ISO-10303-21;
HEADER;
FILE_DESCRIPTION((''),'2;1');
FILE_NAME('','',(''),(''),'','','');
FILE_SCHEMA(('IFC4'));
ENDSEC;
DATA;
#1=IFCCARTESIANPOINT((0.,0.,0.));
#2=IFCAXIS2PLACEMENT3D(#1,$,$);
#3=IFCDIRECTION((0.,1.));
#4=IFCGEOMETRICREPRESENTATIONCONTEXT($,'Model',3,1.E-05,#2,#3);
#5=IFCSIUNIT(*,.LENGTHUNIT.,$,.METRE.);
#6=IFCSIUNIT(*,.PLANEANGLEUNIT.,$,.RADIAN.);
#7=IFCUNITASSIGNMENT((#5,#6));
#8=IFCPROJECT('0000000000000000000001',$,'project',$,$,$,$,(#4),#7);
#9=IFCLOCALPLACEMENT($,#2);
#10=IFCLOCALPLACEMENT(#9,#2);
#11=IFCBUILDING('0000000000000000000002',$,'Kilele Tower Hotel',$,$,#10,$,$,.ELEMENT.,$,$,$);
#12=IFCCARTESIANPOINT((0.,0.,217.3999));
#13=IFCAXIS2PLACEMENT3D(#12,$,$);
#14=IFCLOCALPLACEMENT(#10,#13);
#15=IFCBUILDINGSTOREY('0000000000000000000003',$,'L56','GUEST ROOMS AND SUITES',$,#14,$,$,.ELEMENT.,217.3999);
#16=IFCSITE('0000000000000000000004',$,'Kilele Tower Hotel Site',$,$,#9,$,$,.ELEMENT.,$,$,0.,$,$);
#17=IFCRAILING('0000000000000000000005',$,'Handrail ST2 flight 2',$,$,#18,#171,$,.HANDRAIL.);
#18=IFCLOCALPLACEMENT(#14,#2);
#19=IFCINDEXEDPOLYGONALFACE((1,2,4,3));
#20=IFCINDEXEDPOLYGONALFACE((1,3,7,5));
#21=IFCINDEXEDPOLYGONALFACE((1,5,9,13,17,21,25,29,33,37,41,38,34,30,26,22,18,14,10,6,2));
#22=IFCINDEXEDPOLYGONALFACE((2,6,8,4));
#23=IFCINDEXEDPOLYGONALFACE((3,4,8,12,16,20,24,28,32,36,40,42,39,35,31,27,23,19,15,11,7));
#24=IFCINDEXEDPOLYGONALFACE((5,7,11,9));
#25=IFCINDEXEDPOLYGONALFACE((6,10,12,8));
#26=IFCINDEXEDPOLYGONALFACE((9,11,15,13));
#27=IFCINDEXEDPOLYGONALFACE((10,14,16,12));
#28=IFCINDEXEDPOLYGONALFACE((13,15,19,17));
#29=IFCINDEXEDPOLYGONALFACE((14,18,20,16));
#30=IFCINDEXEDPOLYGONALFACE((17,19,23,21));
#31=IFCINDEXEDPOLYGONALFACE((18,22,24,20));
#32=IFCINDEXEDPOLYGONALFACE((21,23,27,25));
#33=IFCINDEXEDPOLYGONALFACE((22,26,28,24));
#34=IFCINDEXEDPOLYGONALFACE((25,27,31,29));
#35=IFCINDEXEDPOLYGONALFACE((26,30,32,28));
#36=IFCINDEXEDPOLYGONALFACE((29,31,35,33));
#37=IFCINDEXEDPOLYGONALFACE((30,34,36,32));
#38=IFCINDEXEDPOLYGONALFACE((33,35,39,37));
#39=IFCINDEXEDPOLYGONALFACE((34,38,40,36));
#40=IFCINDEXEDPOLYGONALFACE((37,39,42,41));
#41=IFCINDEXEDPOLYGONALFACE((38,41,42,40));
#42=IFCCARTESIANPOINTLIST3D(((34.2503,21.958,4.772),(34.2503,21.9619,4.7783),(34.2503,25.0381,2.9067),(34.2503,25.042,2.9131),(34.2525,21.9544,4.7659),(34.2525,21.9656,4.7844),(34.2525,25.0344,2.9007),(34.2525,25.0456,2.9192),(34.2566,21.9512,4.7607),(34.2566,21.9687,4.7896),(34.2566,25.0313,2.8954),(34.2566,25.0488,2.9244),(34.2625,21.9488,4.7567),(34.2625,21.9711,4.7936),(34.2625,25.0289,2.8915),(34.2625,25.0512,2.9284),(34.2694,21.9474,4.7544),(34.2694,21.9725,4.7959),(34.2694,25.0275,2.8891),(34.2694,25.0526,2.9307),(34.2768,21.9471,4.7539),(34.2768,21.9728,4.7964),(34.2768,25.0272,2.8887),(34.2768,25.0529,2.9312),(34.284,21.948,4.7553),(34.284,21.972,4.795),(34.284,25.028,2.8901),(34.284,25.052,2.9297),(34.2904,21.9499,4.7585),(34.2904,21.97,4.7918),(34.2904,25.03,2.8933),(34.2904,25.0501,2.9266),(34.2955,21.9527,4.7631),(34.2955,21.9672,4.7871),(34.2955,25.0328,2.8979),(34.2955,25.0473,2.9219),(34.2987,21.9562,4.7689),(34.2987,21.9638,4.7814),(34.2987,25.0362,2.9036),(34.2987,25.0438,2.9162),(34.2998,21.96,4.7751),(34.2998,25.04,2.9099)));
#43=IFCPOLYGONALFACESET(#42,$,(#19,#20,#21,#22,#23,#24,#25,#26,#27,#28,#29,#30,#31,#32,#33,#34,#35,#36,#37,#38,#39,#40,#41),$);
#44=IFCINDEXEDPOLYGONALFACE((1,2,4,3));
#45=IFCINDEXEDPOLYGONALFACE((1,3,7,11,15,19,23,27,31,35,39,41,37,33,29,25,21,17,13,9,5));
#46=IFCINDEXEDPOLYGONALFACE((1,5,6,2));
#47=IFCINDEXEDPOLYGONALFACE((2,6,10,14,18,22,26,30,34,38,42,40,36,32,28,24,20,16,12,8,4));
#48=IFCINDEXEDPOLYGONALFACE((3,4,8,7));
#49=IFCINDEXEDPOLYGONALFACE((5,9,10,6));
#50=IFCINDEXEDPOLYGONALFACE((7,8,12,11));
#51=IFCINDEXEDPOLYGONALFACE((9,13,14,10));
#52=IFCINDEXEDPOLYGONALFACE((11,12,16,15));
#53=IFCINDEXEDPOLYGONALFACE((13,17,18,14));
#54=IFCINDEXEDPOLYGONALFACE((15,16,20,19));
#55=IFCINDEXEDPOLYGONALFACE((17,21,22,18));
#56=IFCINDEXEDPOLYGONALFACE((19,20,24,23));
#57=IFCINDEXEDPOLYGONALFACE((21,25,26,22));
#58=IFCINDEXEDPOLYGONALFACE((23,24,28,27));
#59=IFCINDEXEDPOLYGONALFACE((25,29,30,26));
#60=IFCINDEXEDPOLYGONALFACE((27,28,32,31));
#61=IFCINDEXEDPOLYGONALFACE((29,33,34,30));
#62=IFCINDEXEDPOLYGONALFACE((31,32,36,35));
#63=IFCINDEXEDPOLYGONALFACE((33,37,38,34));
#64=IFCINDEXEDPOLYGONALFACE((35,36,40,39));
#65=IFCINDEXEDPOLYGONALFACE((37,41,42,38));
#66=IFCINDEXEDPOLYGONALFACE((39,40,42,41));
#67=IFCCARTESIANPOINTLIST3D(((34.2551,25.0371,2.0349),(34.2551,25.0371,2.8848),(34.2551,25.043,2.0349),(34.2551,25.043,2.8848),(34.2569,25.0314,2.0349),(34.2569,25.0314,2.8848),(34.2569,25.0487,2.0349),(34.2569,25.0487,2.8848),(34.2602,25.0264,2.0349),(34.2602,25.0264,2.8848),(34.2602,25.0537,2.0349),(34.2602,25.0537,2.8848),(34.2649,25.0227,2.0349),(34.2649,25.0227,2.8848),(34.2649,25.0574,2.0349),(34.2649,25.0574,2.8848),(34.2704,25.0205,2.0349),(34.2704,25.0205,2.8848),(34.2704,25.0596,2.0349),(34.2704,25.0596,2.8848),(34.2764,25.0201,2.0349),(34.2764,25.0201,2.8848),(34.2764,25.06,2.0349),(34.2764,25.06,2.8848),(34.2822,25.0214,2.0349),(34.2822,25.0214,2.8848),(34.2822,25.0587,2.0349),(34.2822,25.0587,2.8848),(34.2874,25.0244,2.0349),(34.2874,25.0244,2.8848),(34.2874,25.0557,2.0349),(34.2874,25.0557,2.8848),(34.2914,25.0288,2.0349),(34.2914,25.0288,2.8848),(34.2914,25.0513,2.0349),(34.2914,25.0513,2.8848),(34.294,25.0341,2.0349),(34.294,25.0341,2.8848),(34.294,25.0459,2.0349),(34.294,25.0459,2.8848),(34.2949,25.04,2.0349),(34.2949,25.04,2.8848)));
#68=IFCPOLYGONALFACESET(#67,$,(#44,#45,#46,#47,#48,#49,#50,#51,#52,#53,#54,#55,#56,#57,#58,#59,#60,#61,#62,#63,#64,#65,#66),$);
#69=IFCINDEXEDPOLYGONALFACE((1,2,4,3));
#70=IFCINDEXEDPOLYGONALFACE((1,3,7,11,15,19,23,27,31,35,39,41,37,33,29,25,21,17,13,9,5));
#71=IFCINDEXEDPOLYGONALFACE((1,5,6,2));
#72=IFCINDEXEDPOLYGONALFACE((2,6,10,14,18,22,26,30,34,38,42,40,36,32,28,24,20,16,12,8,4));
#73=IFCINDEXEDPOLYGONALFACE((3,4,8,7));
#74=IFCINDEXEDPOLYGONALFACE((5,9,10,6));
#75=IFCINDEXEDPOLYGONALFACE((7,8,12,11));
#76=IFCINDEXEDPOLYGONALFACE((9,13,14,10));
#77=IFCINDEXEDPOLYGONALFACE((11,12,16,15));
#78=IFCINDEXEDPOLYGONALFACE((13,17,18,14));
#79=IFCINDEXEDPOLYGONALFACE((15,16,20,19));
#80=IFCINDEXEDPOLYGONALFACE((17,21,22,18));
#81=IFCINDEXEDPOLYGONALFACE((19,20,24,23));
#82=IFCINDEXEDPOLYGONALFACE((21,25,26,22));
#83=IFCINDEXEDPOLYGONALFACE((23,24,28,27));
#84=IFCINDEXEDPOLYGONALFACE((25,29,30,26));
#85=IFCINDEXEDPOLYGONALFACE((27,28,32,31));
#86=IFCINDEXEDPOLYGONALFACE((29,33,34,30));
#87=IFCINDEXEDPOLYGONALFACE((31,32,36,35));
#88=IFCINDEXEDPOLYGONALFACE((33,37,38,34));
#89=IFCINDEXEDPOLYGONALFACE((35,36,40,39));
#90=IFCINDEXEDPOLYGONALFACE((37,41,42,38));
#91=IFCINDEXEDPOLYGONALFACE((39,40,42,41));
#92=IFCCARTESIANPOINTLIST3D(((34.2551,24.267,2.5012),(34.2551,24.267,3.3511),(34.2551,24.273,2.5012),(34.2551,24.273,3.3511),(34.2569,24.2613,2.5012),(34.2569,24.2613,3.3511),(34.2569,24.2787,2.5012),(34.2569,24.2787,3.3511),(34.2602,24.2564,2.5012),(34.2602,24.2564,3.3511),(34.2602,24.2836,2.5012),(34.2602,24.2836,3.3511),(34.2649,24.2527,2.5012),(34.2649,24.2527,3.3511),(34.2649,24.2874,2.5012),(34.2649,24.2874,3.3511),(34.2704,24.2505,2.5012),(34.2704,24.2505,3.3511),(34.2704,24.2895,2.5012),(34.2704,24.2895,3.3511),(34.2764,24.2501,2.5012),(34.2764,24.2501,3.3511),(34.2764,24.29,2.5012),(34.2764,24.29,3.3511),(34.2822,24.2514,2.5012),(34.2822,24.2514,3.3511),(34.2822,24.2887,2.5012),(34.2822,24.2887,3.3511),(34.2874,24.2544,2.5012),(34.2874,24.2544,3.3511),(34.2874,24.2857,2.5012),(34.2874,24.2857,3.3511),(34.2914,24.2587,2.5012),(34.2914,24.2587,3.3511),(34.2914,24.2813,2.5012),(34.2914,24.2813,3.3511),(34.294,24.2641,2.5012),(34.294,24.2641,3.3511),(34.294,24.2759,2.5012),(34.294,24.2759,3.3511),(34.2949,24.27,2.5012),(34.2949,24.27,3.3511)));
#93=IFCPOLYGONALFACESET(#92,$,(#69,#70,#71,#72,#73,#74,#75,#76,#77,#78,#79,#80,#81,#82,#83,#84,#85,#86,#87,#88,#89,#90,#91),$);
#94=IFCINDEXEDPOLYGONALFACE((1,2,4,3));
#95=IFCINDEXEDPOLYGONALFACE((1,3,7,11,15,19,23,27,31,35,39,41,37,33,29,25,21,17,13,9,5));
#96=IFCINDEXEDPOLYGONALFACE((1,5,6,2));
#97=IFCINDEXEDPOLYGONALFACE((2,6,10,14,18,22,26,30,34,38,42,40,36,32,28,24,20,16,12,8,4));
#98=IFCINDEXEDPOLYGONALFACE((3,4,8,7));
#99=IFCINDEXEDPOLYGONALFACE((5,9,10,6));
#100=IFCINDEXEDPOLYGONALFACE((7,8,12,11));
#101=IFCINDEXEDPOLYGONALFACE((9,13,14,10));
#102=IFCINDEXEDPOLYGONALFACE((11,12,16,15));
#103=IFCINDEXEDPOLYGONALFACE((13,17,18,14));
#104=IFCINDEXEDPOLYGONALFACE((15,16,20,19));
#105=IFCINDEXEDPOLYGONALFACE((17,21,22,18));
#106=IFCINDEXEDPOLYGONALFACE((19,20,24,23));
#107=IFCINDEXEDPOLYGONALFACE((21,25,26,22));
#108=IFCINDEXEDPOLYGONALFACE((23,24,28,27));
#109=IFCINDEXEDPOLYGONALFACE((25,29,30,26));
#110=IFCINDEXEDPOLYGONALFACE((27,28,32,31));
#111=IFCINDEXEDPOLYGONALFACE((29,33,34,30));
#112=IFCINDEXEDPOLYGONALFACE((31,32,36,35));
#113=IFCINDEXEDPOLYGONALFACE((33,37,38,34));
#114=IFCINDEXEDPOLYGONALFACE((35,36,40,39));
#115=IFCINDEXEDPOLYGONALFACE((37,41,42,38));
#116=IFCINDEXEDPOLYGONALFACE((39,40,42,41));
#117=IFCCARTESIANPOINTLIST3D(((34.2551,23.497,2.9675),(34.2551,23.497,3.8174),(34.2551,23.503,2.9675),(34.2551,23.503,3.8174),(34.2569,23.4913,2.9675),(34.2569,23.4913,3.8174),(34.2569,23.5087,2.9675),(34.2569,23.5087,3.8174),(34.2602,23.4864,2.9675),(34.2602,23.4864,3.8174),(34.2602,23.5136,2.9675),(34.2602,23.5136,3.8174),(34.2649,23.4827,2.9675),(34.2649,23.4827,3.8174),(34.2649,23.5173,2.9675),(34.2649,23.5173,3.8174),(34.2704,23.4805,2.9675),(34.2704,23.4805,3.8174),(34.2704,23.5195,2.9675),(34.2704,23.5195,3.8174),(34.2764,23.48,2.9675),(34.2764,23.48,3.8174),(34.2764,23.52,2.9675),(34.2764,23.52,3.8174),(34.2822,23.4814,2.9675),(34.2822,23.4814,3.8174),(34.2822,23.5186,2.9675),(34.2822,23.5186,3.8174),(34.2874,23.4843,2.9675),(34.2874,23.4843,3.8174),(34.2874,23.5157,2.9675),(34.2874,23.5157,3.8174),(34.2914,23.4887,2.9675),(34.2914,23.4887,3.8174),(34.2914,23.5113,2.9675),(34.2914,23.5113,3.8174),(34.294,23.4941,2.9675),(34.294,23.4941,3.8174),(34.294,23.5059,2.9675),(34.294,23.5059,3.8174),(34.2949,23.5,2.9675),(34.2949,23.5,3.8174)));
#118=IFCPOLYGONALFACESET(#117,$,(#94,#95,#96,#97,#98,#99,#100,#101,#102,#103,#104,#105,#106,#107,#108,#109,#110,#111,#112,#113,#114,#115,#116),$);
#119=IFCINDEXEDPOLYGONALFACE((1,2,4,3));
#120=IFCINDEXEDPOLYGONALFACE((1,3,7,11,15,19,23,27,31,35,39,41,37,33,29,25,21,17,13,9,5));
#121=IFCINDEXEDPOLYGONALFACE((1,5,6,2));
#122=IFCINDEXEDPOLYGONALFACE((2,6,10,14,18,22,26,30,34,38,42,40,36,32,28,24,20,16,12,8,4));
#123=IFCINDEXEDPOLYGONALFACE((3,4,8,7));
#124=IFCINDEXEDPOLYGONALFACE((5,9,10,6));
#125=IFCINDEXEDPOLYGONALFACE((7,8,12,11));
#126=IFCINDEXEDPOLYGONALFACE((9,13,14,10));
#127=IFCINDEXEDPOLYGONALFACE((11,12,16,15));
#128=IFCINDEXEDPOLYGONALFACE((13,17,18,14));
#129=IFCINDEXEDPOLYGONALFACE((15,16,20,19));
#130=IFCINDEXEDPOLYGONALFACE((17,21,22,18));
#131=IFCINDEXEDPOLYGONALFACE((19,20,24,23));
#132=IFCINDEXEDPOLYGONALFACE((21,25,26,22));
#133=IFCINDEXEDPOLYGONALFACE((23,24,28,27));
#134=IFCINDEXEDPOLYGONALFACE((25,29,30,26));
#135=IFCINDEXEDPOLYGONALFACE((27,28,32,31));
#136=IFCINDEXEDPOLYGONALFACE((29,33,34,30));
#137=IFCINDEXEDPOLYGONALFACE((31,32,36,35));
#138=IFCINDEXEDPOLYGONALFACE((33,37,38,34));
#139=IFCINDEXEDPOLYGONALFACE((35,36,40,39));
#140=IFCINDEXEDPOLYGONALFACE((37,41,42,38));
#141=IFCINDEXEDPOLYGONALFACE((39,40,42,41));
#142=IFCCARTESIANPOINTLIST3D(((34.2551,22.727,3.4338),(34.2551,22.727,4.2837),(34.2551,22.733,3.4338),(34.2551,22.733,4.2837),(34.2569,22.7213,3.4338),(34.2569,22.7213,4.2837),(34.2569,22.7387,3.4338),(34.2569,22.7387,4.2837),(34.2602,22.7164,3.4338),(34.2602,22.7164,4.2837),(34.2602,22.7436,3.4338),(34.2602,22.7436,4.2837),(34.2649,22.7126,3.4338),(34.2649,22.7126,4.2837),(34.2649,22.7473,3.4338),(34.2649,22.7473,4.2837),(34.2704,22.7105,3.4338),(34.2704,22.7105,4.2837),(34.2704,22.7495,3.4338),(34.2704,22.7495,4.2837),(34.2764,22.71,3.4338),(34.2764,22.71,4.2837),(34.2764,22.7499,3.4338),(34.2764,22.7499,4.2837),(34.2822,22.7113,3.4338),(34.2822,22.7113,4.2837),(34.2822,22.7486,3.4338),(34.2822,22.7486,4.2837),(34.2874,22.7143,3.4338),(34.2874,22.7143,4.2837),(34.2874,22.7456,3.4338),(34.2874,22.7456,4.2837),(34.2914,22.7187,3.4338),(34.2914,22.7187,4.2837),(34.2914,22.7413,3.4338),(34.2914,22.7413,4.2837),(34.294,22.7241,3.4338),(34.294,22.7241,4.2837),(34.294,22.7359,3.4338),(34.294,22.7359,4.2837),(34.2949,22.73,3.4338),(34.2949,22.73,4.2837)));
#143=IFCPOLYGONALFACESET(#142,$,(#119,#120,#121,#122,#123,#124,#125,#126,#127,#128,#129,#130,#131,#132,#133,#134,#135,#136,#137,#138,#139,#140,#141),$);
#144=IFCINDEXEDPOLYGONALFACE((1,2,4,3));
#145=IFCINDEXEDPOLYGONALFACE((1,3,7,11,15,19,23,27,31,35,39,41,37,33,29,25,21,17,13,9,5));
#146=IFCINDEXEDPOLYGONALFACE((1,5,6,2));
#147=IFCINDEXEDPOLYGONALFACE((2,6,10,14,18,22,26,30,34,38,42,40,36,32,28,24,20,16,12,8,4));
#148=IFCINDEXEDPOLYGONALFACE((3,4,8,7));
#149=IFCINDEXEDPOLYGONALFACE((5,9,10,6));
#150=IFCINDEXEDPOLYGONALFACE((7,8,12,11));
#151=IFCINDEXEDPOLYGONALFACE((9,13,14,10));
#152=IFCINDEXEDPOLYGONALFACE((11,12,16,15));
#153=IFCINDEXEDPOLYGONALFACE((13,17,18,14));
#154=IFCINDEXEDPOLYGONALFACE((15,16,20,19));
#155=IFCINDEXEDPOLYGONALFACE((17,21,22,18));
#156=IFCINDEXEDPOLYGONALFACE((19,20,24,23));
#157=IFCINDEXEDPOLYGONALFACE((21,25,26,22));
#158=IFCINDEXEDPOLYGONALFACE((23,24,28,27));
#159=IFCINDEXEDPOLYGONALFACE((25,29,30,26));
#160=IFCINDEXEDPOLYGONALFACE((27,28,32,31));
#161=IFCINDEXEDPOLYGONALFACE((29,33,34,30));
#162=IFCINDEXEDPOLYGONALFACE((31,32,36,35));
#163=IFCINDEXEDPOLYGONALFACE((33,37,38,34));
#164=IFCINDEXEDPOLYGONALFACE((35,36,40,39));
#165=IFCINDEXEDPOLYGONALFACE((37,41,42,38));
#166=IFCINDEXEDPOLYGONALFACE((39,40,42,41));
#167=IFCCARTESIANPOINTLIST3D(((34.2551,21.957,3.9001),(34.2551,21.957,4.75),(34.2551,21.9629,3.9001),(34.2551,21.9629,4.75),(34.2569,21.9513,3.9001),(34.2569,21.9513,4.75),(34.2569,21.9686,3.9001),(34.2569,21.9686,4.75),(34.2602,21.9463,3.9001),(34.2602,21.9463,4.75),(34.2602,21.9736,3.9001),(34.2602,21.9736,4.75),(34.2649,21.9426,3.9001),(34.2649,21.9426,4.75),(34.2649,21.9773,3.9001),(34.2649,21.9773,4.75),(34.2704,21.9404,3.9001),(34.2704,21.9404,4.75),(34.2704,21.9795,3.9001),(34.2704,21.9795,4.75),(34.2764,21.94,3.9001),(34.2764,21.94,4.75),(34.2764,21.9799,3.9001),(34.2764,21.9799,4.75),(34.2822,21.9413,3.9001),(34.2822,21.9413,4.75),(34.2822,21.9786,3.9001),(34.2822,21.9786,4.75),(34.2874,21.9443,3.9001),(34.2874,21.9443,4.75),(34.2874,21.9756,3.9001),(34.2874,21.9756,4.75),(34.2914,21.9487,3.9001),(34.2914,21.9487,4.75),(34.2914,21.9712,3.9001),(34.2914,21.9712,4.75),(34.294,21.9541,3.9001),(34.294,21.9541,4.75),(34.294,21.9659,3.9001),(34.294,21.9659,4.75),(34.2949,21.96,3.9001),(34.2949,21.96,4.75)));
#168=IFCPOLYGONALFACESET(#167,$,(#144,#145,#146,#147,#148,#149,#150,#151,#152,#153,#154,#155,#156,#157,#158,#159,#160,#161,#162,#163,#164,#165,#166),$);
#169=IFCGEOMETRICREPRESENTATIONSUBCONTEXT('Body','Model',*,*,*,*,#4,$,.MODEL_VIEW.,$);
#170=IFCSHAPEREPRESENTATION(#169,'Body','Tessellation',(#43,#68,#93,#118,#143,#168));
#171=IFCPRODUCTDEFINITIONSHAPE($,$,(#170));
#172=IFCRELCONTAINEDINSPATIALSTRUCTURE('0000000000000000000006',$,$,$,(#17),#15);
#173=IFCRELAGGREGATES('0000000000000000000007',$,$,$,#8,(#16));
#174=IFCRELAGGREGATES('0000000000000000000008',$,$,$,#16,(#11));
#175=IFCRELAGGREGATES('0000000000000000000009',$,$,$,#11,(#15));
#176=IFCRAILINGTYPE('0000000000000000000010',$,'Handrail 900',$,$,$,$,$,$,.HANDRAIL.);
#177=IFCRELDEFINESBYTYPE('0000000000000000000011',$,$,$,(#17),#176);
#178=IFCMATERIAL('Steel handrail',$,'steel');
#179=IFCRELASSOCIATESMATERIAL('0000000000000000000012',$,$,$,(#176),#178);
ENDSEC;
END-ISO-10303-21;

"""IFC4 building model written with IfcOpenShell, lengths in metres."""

from ifc_helpers import new_model, si_unit, direction, frame, origin, origin_2d, place, context, subcontext, project, spatial, circle, extrude, material, type_object, element, save


model = new_model("IFC4")

# Units and contexts
model_context = context("Model", 3, precision=1e-05, world=origin(), true_north=direction((0.0, 1.0)))
body_context = subcontext(model_context, "Body", "Model", "MODEL_VIEW")
ifc_project = project(units=[si_unit("LENGTHUNIT", "METRE"), si_unit("PLANEANGLEUNIT", "RADIAN")], contexts=[model_context])

# Site, building, storey
site_placement = place(None, origin())
site = spatial("IfcSite", under=ifc_project, at=site_placement, Name="Kilele Tower Hotel Site", CompositionType="ELEMENT", RefElevation=0.0)
building_placement = place(site_placement, origin())
building = spatial("IfcBuilding", under=site, at=building_placement, Name="Kilele Tower Hotel", CompositionType="ELEMENT")
storey_placement = place(building_placement, frame((0.0, 0.0, 217.3999)))
storey = spatial("IfcBuildingStorey", under=building, at=storey_placement, Name="L56", Description="GUEST ROOMS AND SUITES", CompositionType="ELEMENT", Elevation=217.3999)

# Railing
ifc_material_1 = material(Name="Steel handrail", Category="steel")
railing_type_1 = type_object("IfcRailingType", Name="Handrail 900", PredefinedType="HANDRAIL", material=ifc_material_1)
for number, where, name in (
    (1, (34.2749, 25.04, 2.0349), "Handrail ST2 flight 2"),
):
    element("IfcRailing", number, at=place(storey_placement, frame(where)), inside=storey, type_object=railing_type_1, Name=name, PredefinedType="HANDRAIL", context=body_context, shape_type="SweptSolid", body=[
        extrude(circle(Radius=0.0249, at=origin_2d()), frame((0.0, 0.0, 0.875), z_axis=(0.0, -0.85538, 0.518001), x_axis=(1.0, 0.0, 0.0)), (0.0, 0.0, 1.0), 3.6008),
        extrude(circle(Radius=0.02, at=origin_2d()), origin(), (0.0, 0.0, 1.0), 0.8499),
        extrude(circle(Radius=0.02, at=origin_2d()), frame((0.0, -0.77, 0.4663)), (0.0, 0.0, 1.0), 0.8499),
        extrude(circle(Radius=0.02, at=origin_2d()), frame((0.0, -1.54, 0.9326)), (0.0, 0.0, 1.0), 0.8499),
        extrude(circle(Radius=0.02, at=origin_2d()), frame((0.0, -2.3101, 1.3989)), (0.0, 0.0, 1.0), 0.8499),
        extrude(circle(Radius=0.02, at=origin_2d()), frame((0.0, -3.0801, 1.8652)), (0.0, 0.0, 1.0), 0.8499),
    ])

save(model, "model.ifc")
